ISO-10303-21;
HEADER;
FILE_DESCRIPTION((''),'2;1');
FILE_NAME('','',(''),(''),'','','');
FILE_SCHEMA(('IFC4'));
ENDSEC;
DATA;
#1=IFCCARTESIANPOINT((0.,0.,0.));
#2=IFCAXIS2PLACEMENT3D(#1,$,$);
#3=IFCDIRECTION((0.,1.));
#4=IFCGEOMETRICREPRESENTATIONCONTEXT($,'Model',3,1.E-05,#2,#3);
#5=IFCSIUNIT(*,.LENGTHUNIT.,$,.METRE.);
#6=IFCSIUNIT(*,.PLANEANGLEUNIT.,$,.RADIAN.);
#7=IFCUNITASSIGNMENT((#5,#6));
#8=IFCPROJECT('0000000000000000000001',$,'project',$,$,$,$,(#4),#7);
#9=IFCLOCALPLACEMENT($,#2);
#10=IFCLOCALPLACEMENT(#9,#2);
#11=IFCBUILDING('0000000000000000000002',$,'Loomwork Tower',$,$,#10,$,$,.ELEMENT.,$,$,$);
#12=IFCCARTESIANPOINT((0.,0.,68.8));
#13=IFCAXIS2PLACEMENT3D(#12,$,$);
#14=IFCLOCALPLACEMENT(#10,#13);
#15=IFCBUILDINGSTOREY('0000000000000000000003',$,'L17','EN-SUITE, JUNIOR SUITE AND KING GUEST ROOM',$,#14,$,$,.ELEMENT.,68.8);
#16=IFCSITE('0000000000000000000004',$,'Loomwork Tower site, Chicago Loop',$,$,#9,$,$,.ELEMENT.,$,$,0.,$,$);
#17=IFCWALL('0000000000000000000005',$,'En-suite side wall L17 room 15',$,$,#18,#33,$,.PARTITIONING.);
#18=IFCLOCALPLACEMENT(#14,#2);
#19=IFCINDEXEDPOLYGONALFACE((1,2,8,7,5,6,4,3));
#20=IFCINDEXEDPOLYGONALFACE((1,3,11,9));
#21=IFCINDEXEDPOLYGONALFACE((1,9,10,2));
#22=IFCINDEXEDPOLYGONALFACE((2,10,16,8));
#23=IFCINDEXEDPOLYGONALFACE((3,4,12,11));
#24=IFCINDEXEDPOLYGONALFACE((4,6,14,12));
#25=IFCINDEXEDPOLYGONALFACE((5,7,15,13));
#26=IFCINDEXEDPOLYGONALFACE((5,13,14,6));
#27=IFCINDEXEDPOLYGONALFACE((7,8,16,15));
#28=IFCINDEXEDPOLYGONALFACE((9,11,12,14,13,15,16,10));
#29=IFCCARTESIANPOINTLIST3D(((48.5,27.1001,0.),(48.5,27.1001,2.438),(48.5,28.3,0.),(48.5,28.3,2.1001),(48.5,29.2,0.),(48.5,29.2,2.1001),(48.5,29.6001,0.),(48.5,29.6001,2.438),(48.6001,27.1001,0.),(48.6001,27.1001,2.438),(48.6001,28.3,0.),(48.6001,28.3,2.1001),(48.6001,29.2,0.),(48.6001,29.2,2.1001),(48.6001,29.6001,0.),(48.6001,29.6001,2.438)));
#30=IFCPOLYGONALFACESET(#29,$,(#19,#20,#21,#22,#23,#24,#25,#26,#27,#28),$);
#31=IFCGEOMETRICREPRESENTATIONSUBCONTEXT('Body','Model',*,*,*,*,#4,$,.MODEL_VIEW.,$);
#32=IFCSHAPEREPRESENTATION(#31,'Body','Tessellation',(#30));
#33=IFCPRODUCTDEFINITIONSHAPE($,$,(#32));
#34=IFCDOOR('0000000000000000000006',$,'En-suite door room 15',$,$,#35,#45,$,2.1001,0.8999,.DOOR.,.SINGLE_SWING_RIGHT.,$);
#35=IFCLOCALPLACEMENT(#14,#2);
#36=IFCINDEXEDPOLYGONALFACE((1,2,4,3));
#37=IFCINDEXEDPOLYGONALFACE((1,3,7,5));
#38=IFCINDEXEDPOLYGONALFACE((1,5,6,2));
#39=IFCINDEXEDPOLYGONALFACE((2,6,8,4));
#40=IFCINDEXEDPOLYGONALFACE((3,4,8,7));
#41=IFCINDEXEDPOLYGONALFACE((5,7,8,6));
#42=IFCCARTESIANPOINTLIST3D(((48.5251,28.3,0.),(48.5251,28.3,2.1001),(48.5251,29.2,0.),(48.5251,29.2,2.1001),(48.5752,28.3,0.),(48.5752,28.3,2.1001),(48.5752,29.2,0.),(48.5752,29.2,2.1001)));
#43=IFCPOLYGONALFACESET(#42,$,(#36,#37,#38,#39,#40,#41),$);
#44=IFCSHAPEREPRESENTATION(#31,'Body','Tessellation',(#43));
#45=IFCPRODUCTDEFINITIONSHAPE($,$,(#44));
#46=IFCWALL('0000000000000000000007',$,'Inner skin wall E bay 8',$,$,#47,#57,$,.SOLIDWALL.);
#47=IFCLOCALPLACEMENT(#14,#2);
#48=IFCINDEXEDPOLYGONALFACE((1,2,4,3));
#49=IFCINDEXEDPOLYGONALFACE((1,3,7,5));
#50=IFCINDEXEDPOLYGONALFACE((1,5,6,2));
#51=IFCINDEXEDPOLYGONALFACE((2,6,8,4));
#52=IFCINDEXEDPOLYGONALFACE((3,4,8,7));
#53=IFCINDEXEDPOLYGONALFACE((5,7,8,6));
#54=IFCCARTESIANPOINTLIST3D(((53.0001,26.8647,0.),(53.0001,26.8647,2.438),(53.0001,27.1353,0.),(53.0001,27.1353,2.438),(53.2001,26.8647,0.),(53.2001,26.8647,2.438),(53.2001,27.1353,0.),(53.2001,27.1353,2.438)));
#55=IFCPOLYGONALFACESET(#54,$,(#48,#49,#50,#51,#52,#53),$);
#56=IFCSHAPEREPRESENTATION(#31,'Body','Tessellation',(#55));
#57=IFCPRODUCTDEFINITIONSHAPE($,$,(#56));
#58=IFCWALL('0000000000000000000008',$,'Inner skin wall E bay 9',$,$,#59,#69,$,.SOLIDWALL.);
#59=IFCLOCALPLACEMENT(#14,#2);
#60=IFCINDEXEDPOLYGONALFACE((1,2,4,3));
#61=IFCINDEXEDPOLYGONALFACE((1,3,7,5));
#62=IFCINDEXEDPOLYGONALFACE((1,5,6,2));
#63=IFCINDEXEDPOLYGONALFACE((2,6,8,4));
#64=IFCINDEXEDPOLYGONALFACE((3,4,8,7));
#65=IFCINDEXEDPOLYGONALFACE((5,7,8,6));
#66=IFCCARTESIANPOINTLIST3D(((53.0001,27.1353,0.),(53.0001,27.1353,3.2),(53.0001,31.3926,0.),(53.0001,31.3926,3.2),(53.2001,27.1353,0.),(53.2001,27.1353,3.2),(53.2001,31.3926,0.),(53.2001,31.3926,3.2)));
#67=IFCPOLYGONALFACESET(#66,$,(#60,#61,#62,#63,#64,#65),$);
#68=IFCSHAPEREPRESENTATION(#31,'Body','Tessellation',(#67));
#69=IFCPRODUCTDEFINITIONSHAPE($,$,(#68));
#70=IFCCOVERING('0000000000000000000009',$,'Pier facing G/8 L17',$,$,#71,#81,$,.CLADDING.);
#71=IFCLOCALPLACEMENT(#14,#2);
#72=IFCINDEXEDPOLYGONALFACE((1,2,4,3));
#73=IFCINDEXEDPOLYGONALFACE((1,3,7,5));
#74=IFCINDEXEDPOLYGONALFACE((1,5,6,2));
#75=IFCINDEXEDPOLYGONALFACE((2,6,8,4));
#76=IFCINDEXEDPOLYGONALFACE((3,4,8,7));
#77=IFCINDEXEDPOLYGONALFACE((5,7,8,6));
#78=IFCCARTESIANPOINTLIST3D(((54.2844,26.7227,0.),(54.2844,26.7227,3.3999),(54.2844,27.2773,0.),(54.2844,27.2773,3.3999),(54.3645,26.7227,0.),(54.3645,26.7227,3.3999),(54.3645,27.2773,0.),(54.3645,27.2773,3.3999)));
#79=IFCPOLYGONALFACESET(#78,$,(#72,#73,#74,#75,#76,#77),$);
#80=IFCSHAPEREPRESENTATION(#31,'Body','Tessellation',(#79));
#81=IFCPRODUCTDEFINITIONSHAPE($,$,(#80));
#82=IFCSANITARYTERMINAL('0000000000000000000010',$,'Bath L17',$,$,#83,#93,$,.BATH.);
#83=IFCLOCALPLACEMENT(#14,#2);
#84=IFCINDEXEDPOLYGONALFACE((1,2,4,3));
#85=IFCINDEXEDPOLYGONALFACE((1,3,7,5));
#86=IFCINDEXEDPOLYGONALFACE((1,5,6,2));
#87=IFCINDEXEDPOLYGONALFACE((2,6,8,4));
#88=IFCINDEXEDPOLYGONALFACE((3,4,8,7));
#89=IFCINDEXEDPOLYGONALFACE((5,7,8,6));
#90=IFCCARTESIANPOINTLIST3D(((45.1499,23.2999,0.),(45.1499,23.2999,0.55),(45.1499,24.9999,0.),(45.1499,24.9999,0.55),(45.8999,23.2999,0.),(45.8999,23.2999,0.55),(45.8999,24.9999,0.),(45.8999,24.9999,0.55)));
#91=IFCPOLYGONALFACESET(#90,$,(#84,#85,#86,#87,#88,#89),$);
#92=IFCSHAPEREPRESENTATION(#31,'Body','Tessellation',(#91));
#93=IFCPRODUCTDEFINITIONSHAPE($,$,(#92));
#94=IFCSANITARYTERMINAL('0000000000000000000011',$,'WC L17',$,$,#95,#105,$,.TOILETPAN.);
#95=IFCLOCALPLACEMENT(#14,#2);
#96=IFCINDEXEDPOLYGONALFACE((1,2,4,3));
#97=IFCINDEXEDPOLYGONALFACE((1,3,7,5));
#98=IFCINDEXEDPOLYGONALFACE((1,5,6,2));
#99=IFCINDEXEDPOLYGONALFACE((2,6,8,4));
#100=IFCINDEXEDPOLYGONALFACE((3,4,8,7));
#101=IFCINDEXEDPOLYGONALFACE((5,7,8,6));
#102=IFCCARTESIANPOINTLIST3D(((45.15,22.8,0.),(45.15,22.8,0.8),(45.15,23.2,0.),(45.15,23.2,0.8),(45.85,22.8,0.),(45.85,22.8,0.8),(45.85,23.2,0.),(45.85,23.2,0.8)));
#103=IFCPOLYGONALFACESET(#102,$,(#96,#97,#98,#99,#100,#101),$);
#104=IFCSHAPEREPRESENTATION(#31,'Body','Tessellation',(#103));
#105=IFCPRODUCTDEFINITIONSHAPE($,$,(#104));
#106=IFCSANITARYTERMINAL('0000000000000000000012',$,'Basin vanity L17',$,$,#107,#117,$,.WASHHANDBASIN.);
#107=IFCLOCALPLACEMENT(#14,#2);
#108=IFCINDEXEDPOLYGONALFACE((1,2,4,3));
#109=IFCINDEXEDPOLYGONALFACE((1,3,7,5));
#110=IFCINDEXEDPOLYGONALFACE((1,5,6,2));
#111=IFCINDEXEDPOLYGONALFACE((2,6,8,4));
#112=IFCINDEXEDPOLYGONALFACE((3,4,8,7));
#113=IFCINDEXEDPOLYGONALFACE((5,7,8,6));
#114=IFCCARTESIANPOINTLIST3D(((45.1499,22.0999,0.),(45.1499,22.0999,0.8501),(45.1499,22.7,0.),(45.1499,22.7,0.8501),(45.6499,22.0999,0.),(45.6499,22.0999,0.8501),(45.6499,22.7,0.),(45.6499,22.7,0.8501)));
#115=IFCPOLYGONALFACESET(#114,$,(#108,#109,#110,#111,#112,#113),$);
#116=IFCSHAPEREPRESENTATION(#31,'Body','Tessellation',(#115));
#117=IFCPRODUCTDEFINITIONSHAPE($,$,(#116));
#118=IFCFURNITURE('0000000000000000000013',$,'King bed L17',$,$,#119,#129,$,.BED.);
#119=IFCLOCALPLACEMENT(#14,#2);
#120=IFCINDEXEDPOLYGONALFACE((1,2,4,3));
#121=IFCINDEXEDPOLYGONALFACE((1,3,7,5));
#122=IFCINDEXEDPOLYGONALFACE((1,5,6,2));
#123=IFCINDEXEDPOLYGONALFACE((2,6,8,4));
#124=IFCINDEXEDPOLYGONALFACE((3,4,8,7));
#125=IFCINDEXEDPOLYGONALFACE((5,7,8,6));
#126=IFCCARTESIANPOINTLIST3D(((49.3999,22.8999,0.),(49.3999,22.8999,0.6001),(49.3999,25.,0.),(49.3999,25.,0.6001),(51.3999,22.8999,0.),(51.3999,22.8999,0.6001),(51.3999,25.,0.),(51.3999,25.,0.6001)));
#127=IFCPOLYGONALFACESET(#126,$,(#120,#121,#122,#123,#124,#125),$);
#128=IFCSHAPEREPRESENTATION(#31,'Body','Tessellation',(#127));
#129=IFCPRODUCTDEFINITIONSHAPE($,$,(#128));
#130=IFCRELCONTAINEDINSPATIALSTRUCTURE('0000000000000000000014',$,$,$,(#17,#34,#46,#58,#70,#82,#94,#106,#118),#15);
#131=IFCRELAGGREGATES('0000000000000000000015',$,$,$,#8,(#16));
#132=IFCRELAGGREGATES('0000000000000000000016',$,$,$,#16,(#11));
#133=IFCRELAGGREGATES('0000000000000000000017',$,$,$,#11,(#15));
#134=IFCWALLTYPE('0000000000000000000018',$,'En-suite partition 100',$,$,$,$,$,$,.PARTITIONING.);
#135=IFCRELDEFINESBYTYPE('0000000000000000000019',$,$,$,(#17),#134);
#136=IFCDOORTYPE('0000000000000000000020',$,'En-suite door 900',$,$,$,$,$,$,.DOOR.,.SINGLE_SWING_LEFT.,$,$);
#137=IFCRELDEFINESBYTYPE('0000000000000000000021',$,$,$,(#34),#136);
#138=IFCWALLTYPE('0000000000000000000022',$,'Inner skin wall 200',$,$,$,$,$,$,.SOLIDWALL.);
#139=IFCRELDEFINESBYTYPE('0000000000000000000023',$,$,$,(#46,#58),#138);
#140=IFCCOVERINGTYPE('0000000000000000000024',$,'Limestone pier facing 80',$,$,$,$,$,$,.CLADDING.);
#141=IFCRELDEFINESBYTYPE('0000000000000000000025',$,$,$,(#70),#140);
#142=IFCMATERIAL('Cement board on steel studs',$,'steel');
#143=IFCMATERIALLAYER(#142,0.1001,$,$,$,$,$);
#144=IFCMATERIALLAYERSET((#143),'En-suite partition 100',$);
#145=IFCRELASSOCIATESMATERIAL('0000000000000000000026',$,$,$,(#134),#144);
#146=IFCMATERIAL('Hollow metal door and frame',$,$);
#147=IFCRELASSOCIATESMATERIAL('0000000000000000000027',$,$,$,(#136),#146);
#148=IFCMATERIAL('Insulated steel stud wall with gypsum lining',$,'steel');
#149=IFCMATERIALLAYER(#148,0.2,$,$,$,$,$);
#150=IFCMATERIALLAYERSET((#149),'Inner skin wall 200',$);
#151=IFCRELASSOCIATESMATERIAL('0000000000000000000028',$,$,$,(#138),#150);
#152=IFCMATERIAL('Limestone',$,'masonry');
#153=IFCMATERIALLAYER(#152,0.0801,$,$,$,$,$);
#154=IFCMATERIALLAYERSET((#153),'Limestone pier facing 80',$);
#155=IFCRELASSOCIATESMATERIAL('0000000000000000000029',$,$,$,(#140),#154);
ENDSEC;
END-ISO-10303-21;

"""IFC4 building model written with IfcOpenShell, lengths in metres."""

from ifc_helpers import new_model, si_unit, direction, frame, frame_2d, origin, origin_2d, place, context, subcontext, project, spatial, rectangle, extrude, material, layer, layer_set, type_object, element, fill, save


model = new_model("IFC4")

# Units and contexts
model_context = context("Model", 3, precision=1e-05, world=origin(), true_north=direction((0.0, 1.0)))
body_context = subcontext(model_context, "Body", "Model", "MODEL_VIEW")
ifc_project = project(units=[si_unit("LENGTHUNIT", "METRE"), si_unit("PLANEANGLEUNIT", "RADIAN")], contexts=[model_context])

# Site, building, storey
site_placement = place(None, origin())
site = spatial("IfcSite", under=ifc_project, at=site_placement, Name="Loomwork Tower site, Chicago Loop", CompositionType="ELEMENT", RefElevation=0.0)
building_placement = place(site_placement, origin())
building = spatial("IfcBuilding", under=site, at=building_placement, Name="Loomwork Tower", CompositionType="ELEMENT")
storey_placement = place(building_placement, frame((0.0, 0.0, 68.8)))
storey = spatial("IfcBuildingStorey", under=building, at=storey_placement, Name="L17", Description="EN-SUITE, JUNIOR SUITE AND KING GUEST ROOM", CompositionType="ELEMENT", Elevation=68.8)

# Wall, opening, door
ifc_material_1 = material(Name="Cement board on steel studs", Category="steel")
ifc_layer_1 = layer(ifc_material_1, 0.1001)
ifc_layer_set_1 = layer_set([ifc_layer_1], Name="En-suite partition 100")
wall_type_1 = type_object("IfcWallType", Name="En-suite partition 100", PredefinedType="PARTITIONING", material=ifc_layer_set_1)
wall_1_placement = place(storey_placement, frame((48.55, 27.1001, 0.0), z_axis=(0.0, 0.0, 1.0), x_axis=(0.0, 1.0, 0.0)))
wall_1 = element("IfcWall", 1, at=wall_1_placement, inside=storey, type_object=wall_type_1, Name="En-suite side wall L17 room 15", PredefinedType="PARTITIONING", context=body_context, shape_type="SweptSolid", body=[
    extrude(rectangle(XDim=2.5, YDim=0.1001, at=frame_2d((1.25, 0.0))), origin(), (0.0, 0.0, 1.0), 2.438),
])
opening_1_placement = place(wall_1_placement, frame((1.2, 0.0, 0.0)))
opening_1 = element("IfcOpeningElement", 2, at=opening_1_placement, cuts=wall_1, PredefinedType="OPENING", context=body_context, shape_type="SweptSolid", body=[
    extrude(rectangle(XDim=0.8999, YDim=2.1001, at=frame_2d((0.45, 1.05))), frame((0.0, 0.0601, 0.0), z_axis=(0.0, -1.0, 0.0), x_axis=(1.0, 0.0, 0.0)), (0.0, 0.0, 1.0), 0.1201),
])
ifc_material_2 = material(Name="Hollow metal door and frame")
door_type_1 = type_object("IfcDoorType", Name="En-suite door 900", OperationType="SINGLE_SWING_LEFT", PredefinedType="DOOR", material=ifc_material_2)
door_1_placement = place(opening_1_placement, origin())
door_1 = element("IfcDoor", 3, at=door_1_placement, inside=storey, type_object=door_type_1, Name="En-suite door room 15", OperationType="SINGLE_SWING_RIGHT", OverallHeight=2.1001, OverallWidth=0.8999, PredefinedType="DOOR", context=body_context, shape_type="SweptSolid", body=[
    extrude(rectangle(XDim=0.8999, YDim=2.1001, at=frame_2d((0.45, 1.05))), frame((0.0, 0.0249, 0.0), z_axis=(0.0, -1.0, 0.0), x_axis=(1.0, 0.0, 0.0)), (0.0, 0.0, 1.0), 0.05),
])
fill(opening_1, door_1)

# Walls
ifc_material_3 = material(Name="Insulated steel stud wall with gypsum lining", Category="steel")
ifc_layer_2 = layer(ifc_material_3, 0.2)
ifc_layer_set_2 = layer_set([ifc_layer_2], Name="Inner skin wall 200")
wall_type_2 = type_object("IfcWallType", Name="Inner skin wall 200", PredefinedType="SOLIDWALL", material=ifc_layer_set_2)
wall_2_placement = place(storey_placement, frame((53.1001, 26.8647, 0.0), z_axis=(0.0, 0.0, 1.0), x_axis=(0.0, 1.0, 0.0)))
element("IfcWall", 4, at=wall_2_placement, inside=storey, type_object=wall_type_2, Name="Inner skin wall E bay 8", PredefinedType="SOLIDWALL", context=body_context, shape_type="SweptSolid", body=[
    extrude(rectangle(XDim=0.2705, YDim=0.2, at=frame_2d((0.1353, 0.0))), origin(), (0.0, 0.0, 1.0), 2.438),
])
wall_3_placement = place(storey_placement, frame((53.1001, 27.1353, 0.0), z_axis=(0.0, 0.0, 1.0), x_axis=(0.0, 1.0, 0.0)))
element("IfcWall", 5, at=wall_3_placement, inside=storey, type_object=wall_type_2, Name="Inner skin wall E bay 9", PredefinedType="SOLIDWALL", context=body_context, shape_type="SweptSolid", body=[
    extrude(rectangle(XDim=4.2573, YDim=0.2, at=frame_2d((2.1287, 0.0))), origin(), (0.0, 0.0, 1.0), 3.2),
])

# Covering
ifc_material_4 = material(Name="Limestone", Category="masonry")
ifc_layer_3 = layer(ifc_material_4, 0.0801)
ifc_layer_set_3 = layer_set([ifc_layer_3], Name="Limestone pier facing 80")
covering_type = type_object("IfcCoveringType", Name="Limestone pier facing 80", PredefinedType="CLADDING", material=ifc_layer_set_3)
covering_placement = place(storey_placement, frame((54.3245, 27.0, 0.0), z_axis=(0.0, 0.0, 1.0), x_axis=(1.0, 0.0, 0.0)))
element("IfcCovering", 6, at=covering_placement, inside=storey, type_object=covering_type, Name="Pier facing G/8 L17", PredefinedType="CLADDING", context=body_context, shape_type="SweptSolid", body=[
    extrude(rectangle(XDim=0.0801, YDim=0.5547, at=origin_2d()), origin(), (0.0, 0.0, 1.0), 3.3999),
])

# Sanitary terminals
sanitary_terminal_1_placement = place(storey_placement, frame((45.5249, 24.1499, 0.0), z_axis=(0.0, 0.0, 1.0), x_axis=(1.0, 0.0, 0.0)))
element("IfcSanitaryTerminal", 7, at=sanitary_terminal_1_placement, inside=storey, Name="Bath L17", PredefinedType="BATH", context=body_context, shape_type="SweptSolid", body=[
    extrude(rectangle(XDim=0.75, YDim=1.7, at=origin_2d()), origin(), (0.0, 0.0, 1.0), 0.55),
])
sanitary_terminal_2_placement = place(storey_placement, frame((45.5, 23.0, 0.0), z_axis=(0.0, 0.0, 1.0), x_axis=(1.0, 0.0, 0.0)))
element("IfcSanitaryTerminal", 8, at=sanitary_terminal_2_placement, inside=storey, Name="WC L17", PredefinedType="TOILETPAN", context=body_context, shape_type="SweptSolid", body=[
    extrude(rectangle(XDim=0.7, YDim=0.3999, at=origin_2d()), origin(), (0.0, 0.0, 1.0), 0.8),
])
sanitary_terminal_3_placement = place(storey_placement, frame((45.3999, 22.3999, 0.0), z_axis=(0.0, 0.0, 1.0), x_axis=(1.0, 0.0, 0.0)))
element("IfcSanitaryTerminal", 9, at=sanitary_terminal_3_placement, inside=storey, Name="Basin vanity L17", PredefinedType="WASHHANDBASIN", context=body_context, shape_type="SweptSolid", body=[
    extrude(rectangle(XDim=0.5, YDim=0.6001, at=origin_2d()), origin(), (0.0, 0.0, 1.0), 0.8501),
])

# Furniture
furniture_placement = place(storey_placement, frame((50.3999, 23.95, 0.0), z_axis=(0.0, 0.0, 1.0), x_axis=(1.0, 0.0, 0.0)))
element("IfcFurniture", 10, at=furniture_placement, inside=storey, Name="King bed L17", PredefinedType="BED", context=body_context, shape_type="SweptSolid", body=[
    extrude(rectangle(XDim=2.0, YDim=2.1001, at=origin_2d()), origin(), (0.0, 0.0, 1.0), 0.6001),
])

save(model, "model.ifc")
